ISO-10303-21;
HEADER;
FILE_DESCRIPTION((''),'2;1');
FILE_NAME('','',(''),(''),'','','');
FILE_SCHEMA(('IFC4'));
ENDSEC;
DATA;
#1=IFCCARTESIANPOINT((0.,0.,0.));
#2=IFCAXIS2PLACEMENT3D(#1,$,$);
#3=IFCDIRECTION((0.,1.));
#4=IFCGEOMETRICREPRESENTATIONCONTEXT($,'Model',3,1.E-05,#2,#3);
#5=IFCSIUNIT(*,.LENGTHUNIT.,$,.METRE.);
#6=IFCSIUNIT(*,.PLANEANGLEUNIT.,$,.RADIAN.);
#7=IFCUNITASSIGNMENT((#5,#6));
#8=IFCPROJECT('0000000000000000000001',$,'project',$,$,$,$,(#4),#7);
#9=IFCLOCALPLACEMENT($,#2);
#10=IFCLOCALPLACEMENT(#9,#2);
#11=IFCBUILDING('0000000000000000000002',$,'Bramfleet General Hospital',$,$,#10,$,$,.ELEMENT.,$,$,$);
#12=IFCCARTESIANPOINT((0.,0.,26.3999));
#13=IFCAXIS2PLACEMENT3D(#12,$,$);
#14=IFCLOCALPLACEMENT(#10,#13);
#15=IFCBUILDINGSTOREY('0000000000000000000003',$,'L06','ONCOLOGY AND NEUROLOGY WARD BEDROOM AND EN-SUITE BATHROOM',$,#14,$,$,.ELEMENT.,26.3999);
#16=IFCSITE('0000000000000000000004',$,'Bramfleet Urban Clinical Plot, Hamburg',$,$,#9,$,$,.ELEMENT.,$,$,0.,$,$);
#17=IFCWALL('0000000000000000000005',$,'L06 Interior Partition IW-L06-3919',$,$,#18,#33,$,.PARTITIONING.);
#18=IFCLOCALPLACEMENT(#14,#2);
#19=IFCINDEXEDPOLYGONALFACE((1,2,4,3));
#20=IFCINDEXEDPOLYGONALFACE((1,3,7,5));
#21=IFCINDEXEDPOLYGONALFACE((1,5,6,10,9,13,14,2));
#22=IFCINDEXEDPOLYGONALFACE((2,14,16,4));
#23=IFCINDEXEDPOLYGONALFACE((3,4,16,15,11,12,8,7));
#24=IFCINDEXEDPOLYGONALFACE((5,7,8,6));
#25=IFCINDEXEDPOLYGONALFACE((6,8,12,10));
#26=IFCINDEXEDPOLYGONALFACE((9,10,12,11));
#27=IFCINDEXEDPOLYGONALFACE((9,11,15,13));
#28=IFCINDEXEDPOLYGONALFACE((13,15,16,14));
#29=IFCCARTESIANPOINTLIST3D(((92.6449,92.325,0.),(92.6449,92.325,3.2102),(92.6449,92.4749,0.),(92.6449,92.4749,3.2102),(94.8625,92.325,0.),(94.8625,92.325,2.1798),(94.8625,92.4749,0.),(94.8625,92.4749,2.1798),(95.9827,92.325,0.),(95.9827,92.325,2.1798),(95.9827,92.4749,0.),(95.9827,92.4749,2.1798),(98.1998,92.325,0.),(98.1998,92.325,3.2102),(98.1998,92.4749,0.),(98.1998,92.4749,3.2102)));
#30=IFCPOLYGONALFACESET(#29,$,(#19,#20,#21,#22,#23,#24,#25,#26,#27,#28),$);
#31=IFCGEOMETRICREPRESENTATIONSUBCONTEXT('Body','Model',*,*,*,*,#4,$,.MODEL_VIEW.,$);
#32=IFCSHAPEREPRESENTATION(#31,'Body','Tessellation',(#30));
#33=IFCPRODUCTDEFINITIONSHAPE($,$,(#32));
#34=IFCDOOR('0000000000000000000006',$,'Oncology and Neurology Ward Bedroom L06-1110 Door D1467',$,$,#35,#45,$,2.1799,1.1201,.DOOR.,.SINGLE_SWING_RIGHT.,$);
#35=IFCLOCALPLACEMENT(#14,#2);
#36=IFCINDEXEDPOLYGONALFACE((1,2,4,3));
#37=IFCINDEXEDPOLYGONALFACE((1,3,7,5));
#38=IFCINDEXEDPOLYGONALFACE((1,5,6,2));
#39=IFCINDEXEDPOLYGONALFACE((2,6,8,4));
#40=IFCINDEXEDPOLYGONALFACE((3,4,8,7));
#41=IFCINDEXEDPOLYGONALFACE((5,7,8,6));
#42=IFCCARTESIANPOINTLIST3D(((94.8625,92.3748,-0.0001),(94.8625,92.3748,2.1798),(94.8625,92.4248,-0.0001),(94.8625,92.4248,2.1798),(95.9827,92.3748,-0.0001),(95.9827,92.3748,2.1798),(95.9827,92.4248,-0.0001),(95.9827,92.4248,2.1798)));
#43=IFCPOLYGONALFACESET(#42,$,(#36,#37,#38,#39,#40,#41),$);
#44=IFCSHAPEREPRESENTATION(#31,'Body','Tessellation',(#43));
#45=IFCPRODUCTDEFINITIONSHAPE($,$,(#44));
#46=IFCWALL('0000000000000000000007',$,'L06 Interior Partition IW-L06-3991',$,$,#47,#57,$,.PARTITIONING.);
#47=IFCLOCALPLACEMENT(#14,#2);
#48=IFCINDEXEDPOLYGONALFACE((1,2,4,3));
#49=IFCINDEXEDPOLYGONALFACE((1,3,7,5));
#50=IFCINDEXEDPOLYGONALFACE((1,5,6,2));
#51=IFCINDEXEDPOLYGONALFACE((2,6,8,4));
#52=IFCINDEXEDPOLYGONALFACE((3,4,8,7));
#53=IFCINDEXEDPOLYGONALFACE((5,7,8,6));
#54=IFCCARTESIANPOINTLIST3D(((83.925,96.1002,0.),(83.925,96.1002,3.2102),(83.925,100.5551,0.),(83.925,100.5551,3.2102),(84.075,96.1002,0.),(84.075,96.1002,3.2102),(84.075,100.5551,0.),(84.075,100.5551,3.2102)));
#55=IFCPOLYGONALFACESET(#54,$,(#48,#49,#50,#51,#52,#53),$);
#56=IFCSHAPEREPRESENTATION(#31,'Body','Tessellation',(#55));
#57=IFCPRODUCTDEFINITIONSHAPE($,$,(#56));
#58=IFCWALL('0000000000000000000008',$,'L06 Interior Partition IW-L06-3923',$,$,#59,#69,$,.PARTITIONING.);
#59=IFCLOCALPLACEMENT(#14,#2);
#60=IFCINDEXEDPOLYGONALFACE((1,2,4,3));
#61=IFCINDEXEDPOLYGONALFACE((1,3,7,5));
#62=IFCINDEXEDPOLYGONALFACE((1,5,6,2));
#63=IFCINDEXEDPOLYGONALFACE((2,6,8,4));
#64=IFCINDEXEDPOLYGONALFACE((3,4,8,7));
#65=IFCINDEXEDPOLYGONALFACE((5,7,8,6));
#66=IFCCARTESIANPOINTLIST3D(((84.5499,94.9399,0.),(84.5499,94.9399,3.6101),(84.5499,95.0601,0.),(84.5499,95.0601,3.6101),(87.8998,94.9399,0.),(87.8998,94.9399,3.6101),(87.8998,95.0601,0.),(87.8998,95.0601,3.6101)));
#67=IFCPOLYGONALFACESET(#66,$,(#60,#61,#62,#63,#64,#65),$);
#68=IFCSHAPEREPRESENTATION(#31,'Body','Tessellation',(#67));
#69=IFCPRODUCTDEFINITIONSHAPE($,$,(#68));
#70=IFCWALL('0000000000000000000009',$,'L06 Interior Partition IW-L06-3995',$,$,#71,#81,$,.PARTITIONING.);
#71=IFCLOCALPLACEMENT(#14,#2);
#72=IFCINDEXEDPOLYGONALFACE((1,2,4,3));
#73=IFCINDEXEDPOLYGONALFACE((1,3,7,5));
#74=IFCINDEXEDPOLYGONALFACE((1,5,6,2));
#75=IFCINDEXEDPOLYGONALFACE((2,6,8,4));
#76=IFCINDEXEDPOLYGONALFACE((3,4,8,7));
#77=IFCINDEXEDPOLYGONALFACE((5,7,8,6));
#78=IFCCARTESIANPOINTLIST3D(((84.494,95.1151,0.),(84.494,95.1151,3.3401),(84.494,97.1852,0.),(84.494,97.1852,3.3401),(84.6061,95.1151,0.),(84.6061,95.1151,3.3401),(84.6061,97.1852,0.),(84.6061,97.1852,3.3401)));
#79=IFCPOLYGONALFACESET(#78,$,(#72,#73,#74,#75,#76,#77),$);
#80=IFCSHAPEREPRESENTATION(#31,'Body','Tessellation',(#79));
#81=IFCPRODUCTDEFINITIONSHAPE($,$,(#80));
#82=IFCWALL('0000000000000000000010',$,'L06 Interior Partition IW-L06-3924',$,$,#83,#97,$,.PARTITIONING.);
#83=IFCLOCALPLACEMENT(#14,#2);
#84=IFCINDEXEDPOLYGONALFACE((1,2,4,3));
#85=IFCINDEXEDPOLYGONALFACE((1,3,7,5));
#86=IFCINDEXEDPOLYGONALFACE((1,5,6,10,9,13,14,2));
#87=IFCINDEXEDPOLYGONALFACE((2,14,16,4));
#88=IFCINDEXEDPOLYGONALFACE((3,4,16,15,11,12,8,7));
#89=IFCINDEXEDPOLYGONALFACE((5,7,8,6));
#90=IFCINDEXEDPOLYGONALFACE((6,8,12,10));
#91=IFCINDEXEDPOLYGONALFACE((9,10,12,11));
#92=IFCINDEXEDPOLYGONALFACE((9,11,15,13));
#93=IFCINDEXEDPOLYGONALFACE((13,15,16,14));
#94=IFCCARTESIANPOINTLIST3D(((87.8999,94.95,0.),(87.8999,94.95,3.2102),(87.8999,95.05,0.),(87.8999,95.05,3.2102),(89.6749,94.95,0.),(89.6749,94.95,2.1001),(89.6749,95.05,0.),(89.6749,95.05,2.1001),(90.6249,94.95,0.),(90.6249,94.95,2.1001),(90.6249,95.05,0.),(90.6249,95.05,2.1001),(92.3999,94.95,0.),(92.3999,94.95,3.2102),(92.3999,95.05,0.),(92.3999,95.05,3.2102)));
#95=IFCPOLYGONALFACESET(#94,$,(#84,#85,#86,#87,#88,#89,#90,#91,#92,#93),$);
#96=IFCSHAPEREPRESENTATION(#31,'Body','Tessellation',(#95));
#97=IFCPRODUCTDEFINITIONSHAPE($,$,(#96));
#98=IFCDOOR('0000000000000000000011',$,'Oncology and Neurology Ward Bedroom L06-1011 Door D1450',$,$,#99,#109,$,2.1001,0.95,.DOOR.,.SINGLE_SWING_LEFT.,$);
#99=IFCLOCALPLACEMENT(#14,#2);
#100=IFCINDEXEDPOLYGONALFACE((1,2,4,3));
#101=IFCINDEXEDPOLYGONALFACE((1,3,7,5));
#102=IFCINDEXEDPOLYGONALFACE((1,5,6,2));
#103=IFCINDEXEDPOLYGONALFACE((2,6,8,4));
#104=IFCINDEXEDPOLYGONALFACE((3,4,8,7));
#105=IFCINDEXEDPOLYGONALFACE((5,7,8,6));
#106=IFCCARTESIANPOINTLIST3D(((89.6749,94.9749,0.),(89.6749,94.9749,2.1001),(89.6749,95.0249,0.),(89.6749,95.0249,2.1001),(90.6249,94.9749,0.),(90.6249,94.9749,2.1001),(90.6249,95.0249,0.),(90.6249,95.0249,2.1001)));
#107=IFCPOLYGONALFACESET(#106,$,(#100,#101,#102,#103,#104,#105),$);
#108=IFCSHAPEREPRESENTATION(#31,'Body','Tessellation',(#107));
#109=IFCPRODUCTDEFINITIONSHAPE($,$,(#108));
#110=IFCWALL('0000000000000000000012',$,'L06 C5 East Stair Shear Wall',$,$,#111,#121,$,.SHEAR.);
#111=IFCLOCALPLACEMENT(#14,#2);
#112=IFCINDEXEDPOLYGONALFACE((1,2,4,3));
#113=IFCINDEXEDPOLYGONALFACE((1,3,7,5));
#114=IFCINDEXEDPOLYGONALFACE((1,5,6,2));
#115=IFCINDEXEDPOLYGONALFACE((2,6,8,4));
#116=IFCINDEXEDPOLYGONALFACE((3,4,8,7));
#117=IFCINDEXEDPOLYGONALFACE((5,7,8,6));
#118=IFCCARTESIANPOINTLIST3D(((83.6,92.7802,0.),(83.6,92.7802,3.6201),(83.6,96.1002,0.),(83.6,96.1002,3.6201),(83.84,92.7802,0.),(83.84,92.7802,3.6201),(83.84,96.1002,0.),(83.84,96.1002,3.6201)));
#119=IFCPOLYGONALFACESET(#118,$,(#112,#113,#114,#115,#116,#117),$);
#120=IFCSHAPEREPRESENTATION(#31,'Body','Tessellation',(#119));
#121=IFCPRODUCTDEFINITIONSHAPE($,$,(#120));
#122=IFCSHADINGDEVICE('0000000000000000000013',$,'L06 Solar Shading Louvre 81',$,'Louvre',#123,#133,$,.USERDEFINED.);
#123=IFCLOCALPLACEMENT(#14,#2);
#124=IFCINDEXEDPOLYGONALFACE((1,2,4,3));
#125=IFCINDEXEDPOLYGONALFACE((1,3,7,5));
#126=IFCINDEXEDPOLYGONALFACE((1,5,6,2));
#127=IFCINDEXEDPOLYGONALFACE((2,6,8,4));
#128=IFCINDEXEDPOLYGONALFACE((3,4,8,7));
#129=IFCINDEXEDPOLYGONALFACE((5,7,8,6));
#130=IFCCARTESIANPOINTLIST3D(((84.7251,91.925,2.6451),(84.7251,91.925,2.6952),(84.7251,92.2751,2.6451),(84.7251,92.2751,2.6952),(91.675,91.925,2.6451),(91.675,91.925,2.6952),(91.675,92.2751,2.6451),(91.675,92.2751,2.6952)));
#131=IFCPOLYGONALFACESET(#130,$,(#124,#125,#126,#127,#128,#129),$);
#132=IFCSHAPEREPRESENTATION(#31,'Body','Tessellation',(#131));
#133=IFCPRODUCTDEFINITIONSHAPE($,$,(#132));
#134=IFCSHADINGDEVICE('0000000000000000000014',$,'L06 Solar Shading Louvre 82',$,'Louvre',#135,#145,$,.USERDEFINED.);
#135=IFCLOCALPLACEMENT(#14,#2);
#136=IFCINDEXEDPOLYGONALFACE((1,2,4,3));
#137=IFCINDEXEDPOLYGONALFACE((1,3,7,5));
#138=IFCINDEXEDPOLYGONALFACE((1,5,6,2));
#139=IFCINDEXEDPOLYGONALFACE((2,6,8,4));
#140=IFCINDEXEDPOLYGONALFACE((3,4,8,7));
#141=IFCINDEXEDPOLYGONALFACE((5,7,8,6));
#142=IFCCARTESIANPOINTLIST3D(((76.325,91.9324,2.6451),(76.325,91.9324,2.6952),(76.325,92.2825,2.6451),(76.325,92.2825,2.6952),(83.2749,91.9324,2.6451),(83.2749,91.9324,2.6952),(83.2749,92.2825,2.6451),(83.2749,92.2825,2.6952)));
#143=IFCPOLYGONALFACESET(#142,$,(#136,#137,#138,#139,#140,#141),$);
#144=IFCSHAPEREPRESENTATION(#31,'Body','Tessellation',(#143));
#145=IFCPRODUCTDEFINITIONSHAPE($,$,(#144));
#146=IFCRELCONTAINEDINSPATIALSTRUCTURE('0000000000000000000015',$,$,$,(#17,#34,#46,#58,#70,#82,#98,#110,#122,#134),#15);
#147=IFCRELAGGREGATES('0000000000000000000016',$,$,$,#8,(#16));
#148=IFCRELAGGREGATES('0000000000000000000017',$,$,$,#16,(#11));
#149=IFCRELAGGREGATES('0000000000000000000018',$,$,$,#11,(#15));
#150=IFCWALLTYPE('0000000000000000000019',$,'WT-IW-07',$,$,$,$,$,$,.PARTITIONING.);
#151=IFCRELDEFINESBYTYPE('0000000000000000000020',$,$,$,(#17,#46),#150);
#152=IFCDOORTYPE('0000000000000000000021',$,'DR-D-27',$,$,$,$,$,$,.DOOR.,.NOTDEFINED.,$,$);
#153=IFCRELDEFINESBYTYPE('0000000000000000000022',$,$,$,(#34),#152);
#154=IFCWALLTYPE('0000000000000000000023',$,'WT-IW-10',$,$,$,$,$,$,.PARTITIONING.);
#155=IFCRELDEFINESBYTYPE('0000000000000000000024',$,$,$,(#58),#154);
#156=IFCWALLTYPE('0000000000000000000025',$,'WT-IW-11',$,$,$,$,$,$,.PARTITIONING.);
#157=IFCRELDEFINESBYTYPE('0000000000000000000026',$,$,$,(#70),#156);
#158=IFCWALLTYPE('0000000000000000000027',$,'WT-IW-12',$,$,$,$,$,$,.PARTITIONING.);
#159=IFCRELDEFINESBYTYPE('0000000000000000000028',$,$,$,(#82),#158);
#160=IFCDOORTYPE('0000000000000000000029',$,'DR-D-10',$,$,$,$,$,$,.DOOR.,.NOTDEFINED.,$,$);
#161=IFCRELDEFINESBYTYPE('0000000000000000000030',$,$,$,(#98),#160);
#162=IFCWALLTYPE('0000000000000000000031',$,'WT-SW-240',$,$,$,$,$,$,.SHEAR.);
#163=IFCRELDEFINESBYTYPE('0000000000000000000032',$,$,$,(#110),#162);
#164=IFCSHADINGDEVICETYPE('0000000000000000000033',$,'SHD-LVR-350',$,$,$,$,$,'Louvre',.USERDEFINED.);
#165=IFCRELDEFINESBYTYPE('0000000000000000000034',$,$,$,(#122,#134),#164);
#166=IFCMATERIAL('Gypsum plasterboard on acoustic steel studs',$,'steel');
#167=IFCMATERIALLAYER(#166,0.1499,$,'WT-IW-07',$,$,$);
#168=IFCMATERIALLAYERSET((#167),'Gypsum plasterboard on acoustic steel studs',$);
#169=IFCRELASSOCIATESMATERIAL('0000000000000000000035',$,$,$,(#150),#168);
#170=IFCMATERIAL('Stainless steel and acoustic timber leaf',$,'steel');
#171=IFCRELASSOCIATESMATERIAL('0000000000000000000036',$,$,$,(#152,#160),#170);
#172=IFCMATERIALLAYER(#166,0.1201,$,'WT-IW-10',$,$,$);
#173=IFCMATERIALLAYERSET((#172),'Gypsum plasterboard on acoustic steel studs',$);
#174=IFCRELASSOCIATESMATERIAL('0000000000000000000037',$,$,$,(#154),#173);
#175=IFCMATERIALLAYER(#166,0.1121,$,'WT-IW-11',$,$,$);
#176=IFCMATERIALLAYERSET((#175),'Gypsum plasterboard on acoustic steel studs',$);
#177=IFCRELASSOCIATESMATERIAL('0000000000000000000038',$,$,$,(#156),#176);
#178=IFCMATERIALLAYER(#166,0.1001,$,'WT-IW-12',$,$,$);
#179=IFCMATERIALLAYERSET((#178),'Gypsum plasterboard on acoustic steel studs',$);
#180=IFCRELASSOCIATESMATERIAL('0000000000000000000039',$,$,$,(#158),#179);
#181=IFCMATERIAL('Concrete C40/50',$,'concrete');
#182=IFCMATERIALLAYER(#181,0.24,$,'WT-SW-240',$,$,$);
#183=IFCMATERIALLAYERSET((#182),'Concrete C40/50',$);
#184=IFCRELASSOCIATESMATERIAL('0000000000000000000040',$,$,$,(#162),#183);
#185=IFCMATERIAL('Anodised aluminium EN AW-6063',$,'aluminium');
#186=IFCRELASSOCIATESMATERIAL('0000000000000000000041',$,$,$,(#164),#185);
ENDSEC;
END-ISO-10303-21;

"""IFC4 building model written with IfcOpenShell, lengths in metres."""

from ifc_helpers import new_model, si_unit, direction, frame, frame_2d, origin, origin_2d, place, context, subcontext, project, spatial, rectangle, extrude, material, layer, layer_set, material_profile, profile_set, type_object, element, fill, save


model = new_model("IFC4")

# Units and contexts
model_context = context("Model", 3, precision=1e-05, world=origin(), true_north=direction((0.0, 1.0)))
body_context = subcontext(model_context, "Body", "Model", "MODEL_VIEW")
ifc_project = project(units=[si_unit("LENGTHUNIT", "METRE"), si_unit("PLANEANGLEUNIT", "RADIAN")], contexts=[model_context])

# Site, building, storey
site_placement = place(None, origin())
site = spatial("IfcSite", under=ifc_project, at=site_placement, Name="Bramfleet Urban Clinical Plot, Hamburg", CompositionType="ELEMENT", RefElevation=0.0)
building_placement = place(site_placement, origin())
building = spatial("IfcBuilding", under=site, at=building_placement, Name="Bramfleet General Hospital", CompositionType="ELEMENT")
storey_placement = place(building_placement, frame((0.0, 0.0, 26.3999)))
storey = spatial("IfcBuildingStorey", under=building, at=storey_placement, Name="L06", Description="ONCOLOGY AND NEUROLOGY WARD BEDROOM AND EN-SUITE BATHROOM", CompositionType="ELEMENT", Elevation=26.3999)

# Shared definitions
ifc_material_1 = material(Name="Concrete C40/50", Category="concrete")

# Wall, opening, door
ifc_material_2 = material(Name="Gypsum plasterboard on acoustic steel studs", Category="steel")
ifc_layer_1 = layer(ifc_material_2, 0.1499, Name="WT-IW-07")
ifc_layer_set_1 = layer_set([ifc_layer_1], Name="Gypsum plasterboard on acoustic steel studs")
wall_type_1 = type_object("IfcWallType", Name="WT-IW-07", PredefinedType="PARTITIONING", material=ifc_layer_set_1)
wall_1_placement = place(storey_placement, frame((92.645, 92.3999, 0.0), z_axis=(0.0, 0.0, 1.0), x_axis=(1.0, 0.0, 0.0)))
wall_1 = element("IfcWall", 1, at=wall_1_placement, inside=storey, type_object=wall_type_1, Name="L06 Interior Partition IW-L06-3919", PredefinedType="PARTITIONING", context=body_context, shape_type="SweptSolid", body=[
    extrude(rectangle(XDim=5.5549, YDim=0.1499, at=frame_2d((2.7773, 0.0))), origin(), (0.0, 0.0, 1.0), 3.2102),
])
opening_1_placement = place(wall_1_placement, frame((2.2175, 0.0, 0.0)))
opening_1 = element("IfcOpeningElement", 2, at=opening_1_placement, cuts=wall_1, PredefinedType="OPENING", context=body_context, shape_type="SweptSolid", body=[
    extrude(rectangle(XDim=1.1201, YDim=2.1799, at=frame_2d((0.5601, 1.0898))), frame((0.0, 0.085, 0.0), z_axis=(0.0, -1.0, 0.0), x_axis=(1.0, 0.0, 0.0)), (0.0, 0.0, 1.0), 0.1699),
])
ifc_material_3 = material(Name="Stainless steel and acoustic timber leaf", Category="steel")
door_type_1 = type_object("IfcDoorType", Name="DR-D-27", OperationType="NOTDEFINED", PredefinedType="DOOR", material=ifc_material_3)
door_1_placement = place(opening_1_placement, origin())
door_1 = element("IfcDoor", 3, at=door_1_placement, inside=storey, type_object=door_type_1, Name="Oncology and Neurology Ward Bedroom L06-1110 Door D1467", OperationType="SINGLE_SWING_RIGHT", OverallHeight=2.1799, OverallWidth=1.1201, PredefinedType="DOOR", context=body_context, shape_type="SweptSolid", body=[
    extrude(rectangle(XDim=1.1201, YDim=2.1799, at=frame_2d((0.5601, 1.0898))), frame((0.0, 0.0249, 0.0), z_axis=(0.0, -1.0, 0.0), x_axis=(1.0, 0.0, 0.0)), (0.0, 0.0, 1.0), 0.05),
])
fill(opening_1, door_1)

# Walls
wall_2_placement = place(storey_placement, frame((84.0, 96.1001, 0.0), z_axis=(0.0, 0.0, 1.0), x_axis=(0.0, 1.0, 0.0)))
element("IfcWall", 4, at=wall_2_placement, inside=storey, type_object=wall_type_1, Name="L06 Interior Partition IW-L06-3991", PredefinedType="PARTITIONING", context=body_context, shape_type="SweptSolid", body=[
    extrude(rectangle(XDim=4.4548, YDim=0.1499, at=frame_2d((2.2275, 0.0))), origin(), (0.0, 0.0, 1.0), 3.2102),
])
ifc_layer_2 = layer(ifc_material_2, 0.1201, Name="WT-IW-10")
ifc_layer_set_2 = layer_set([ifc_layer_2], Name="Gypsum plasterboard on acoustic steel studs")
wall_type_2 = type_object("IfcWallType", Name="WT-IW-10", PredefinedType="PARTITIONING", material=ifc_layer_set_2)
wall_3_placement = place(storey_placement, frame((84.55, 95.0, 0.0), z_axis=(0.0, 0.0, 1.0), x_axis=(1.0, 0.0, 0.0)))
element("IfcWall", 5, at=wall_3_placement, inside=storey, type_object=wall_type_2, Name="L06 Interior Partition IW-L06-3923", PredefinedType="PARTITIONING", context=body_context, shape_type="SweptSolid", body=[
    extrude(rectangle(XDim=3.3499, YDim=0.1201, at=frame_2d((1.6748, 0.0))), origin(), (0.0, 0.0, 1.0), 3.6101),
])
ifc_layer_3 = layer(ifc_material_2, 0.1121, Name="WT-IW-11")
ifc_layer_set_3 = layer_set([ifc_layer_3], Name="Gypsum plasterboard on acoustic steel studs")
wall_type_3 = type_object("IfcWallType", Name="WT-IW-11", PredefinedType="PARTITIONING", material=ifc_layer_set_3)
wall_4_placement = place(storey_placement, frame((84.55, 95.115, 0.0), z_axis=(0.0, 0.0, 1.0), x_axis=(0.0, 1.0, 0.0)))
element("IfcWall", 6, at=wall_4_placement, inside=storey, type_object=wall_type_3, Name="L06 Interior Partition IW-L06-3995", PredefinedType="PARTITIONING", context=body_context, shape_type="SweptSolid", body=[
    extrude(rectangle(XDim=2.0701, YDim=0.1121, at=frame_2d((1.0352, 0.0))), origin(), (0.0, 0.0, 1.0), 3.3401),
])

# Wall, opening, door
ifc_layer_4 = layer(ifc_material_2, 0.1001, Name="WT-IW-12")
ifc_layer_set_4 = layer_set([ifc_layer_4], Name="Gypsum plasterboard on acoustic steel studs")
wall_type_4 = type_object("IfcWallType", Name="WT-IW-12", PredefinedType="PARTITIONING", material=ifc_layer_set_4)
wall_5_placement = place(storey_placement, frame((87.8999, 95.0, 0.0), z_axis=(0.0, 0.0, 1.0), x_axis=(1.0, 0.0, 0.0)))
wall_5 = element("IfcWall", 7, at=wall_5_placement, inside=storey, type_object=wall_type_4, Name="L06 Interior Partition IW-L06-3924", PredefinedType="PARTITIONING", context=body_context, shape_type="SweptSolid", body=[
    extrude(rectangle(XDim=4.5, YDim=0.1001, at=frame_2d((2.25, 0.0))), origin(), (0.0, 0.0, 1.0), 3.2102),
])
opening_2_placement = place(wall_5_placement, frame((1.7749, 0.0, 0.0)))
opening_2 = element("IfcOpeningElement", 8, at=opening_2_placement, cuts=wall_5, PredefinedType="OPENING", context=body_context, shape_type="SweptSolid", body=[
    extrude(rectangle(XDim=0.95, YDim=2.1001, at=frame_2d((0.4751, 1.05))), frame((0.0, 0.0601, 0.0), z_axis=(0.0, -1.0, 0.0), x_axis=(1.0, 0.0, 0.0)), (0.0, 0.0, 1.0), 0.1201),
])
door_type_2 = type_object("IfcDoorType", Name="DR-D-10", OperationType="NOTDEFINED", PredefinedType="DOOR", material=ifc_material_3)
door_2_placement = place(opening_2_placement, origin())
door_2 = element("IfcDoor", 9, at=door_2_placement, inside=storey, type_object=door_type_2, Name="Oncology and Neurology Ward Bedroom L06-1011 Door D1450", OperationType="SINGLE_SWING_LEFT", OverallHeight=2.1001, OverallWidth=0.95, PredefinedType="DOOR", context=body_context, shape_type="SweptSolid", body=[
    extrude(rectangle(XDim=0.95, YDim=2.1001, at=frame_2d((0.4751, 1.05))), frame((0.0, 0.0249, 0.0), z_axis=(0.0, -1.0, 0.0), x_axis=(1.0, 0.0, 0.0)), (0.0, 0.0, 1.0), 0.05),
])
fill(opening_2, door_2)

# Wall
ifc_layer_5 = layer(ifc_material_1, 0.24, Name="WT-SW-240")
ifc_layer_set_5 = layer_set([ifc_layer_5], Name="Concrete C40/50")
wall_type_5 = type_object("IfcWallType", Name="WT-SW-240", PredefinedType="SHEAR", material=ifc_layer_set_5)
wall_6_placement = place(storey_placement, frame((83.72, 92.78, 0.0), z_axis=(0.0, 0.0, 1.0), x_axis=(0.0, 1.0, 0.0)))
element("IfcWall", 10, at=wall_6_placement, inside=storey, type_object=wall_type_5, Name="L06 C5 East Stair Shear Wall", PredefinedType="SHEAR", context=body_context, shape_type="SweptSolid", body=[
    extrude(rectangle(XDim=3.3201, YDim=0.24, at=frame_2d((1.6602, 0.0))), origin(), (0.0, 0.0, 1.0), 3.6201),
])

# Shading devices
ifc_material_4 = material(Name="Anodised aluminium EN AW-6063", Category="aluminium")
ifc_material_profile_1 = material_profile(ifc_material_4, rectangle(XDim=0.05, YDim=0.3501, at=origin_2d()), Name="ALU LOUVRE 350x50")
ifc_profile_set_1 = profile_set([ifc_material_profile_1], Name="Anodised aluminium EN AW-6063")
shading_device_type = type_object("IfcShadingDeviceType", Name="SHD-LVR-350", ElementType="Louvre", PredefinedType="USERDEFINED", material=ifc_profile_set_1)
for number, where, z_axis, x_axis, name in (
    (11, (91.675, 92.1001, 2.6702), (-1.0, 0.0, 0.0), (0.0, 0.0, 1.0), "L06 Solar Shading Louvre 81"),
    (12, (83.2749, 92.1074, 2.6702), (-1.0, 0.0, 0.0), (0.0, 0.0, 1.0), "L06 Solar Shading Louvre 82"),
):
    element("IfcShadingDevice", number, at=place(storey_placement, frame(where, z_axis=z_axis, x_axis=x_axis)), inside=storey, type_object=shading_device_type, Name=name, ObjectType="Louvre", PredefinedType="USERDEFINED", context=body_context, shape_type="SweptSolid", body=[
        extrude(rectangle(XDim=0.05, YDim=0.3501, at=origin_2d()), origin(), (0.0, 0.0, 1.0), 6.95),
    ])

save(model, "model.ifc")
